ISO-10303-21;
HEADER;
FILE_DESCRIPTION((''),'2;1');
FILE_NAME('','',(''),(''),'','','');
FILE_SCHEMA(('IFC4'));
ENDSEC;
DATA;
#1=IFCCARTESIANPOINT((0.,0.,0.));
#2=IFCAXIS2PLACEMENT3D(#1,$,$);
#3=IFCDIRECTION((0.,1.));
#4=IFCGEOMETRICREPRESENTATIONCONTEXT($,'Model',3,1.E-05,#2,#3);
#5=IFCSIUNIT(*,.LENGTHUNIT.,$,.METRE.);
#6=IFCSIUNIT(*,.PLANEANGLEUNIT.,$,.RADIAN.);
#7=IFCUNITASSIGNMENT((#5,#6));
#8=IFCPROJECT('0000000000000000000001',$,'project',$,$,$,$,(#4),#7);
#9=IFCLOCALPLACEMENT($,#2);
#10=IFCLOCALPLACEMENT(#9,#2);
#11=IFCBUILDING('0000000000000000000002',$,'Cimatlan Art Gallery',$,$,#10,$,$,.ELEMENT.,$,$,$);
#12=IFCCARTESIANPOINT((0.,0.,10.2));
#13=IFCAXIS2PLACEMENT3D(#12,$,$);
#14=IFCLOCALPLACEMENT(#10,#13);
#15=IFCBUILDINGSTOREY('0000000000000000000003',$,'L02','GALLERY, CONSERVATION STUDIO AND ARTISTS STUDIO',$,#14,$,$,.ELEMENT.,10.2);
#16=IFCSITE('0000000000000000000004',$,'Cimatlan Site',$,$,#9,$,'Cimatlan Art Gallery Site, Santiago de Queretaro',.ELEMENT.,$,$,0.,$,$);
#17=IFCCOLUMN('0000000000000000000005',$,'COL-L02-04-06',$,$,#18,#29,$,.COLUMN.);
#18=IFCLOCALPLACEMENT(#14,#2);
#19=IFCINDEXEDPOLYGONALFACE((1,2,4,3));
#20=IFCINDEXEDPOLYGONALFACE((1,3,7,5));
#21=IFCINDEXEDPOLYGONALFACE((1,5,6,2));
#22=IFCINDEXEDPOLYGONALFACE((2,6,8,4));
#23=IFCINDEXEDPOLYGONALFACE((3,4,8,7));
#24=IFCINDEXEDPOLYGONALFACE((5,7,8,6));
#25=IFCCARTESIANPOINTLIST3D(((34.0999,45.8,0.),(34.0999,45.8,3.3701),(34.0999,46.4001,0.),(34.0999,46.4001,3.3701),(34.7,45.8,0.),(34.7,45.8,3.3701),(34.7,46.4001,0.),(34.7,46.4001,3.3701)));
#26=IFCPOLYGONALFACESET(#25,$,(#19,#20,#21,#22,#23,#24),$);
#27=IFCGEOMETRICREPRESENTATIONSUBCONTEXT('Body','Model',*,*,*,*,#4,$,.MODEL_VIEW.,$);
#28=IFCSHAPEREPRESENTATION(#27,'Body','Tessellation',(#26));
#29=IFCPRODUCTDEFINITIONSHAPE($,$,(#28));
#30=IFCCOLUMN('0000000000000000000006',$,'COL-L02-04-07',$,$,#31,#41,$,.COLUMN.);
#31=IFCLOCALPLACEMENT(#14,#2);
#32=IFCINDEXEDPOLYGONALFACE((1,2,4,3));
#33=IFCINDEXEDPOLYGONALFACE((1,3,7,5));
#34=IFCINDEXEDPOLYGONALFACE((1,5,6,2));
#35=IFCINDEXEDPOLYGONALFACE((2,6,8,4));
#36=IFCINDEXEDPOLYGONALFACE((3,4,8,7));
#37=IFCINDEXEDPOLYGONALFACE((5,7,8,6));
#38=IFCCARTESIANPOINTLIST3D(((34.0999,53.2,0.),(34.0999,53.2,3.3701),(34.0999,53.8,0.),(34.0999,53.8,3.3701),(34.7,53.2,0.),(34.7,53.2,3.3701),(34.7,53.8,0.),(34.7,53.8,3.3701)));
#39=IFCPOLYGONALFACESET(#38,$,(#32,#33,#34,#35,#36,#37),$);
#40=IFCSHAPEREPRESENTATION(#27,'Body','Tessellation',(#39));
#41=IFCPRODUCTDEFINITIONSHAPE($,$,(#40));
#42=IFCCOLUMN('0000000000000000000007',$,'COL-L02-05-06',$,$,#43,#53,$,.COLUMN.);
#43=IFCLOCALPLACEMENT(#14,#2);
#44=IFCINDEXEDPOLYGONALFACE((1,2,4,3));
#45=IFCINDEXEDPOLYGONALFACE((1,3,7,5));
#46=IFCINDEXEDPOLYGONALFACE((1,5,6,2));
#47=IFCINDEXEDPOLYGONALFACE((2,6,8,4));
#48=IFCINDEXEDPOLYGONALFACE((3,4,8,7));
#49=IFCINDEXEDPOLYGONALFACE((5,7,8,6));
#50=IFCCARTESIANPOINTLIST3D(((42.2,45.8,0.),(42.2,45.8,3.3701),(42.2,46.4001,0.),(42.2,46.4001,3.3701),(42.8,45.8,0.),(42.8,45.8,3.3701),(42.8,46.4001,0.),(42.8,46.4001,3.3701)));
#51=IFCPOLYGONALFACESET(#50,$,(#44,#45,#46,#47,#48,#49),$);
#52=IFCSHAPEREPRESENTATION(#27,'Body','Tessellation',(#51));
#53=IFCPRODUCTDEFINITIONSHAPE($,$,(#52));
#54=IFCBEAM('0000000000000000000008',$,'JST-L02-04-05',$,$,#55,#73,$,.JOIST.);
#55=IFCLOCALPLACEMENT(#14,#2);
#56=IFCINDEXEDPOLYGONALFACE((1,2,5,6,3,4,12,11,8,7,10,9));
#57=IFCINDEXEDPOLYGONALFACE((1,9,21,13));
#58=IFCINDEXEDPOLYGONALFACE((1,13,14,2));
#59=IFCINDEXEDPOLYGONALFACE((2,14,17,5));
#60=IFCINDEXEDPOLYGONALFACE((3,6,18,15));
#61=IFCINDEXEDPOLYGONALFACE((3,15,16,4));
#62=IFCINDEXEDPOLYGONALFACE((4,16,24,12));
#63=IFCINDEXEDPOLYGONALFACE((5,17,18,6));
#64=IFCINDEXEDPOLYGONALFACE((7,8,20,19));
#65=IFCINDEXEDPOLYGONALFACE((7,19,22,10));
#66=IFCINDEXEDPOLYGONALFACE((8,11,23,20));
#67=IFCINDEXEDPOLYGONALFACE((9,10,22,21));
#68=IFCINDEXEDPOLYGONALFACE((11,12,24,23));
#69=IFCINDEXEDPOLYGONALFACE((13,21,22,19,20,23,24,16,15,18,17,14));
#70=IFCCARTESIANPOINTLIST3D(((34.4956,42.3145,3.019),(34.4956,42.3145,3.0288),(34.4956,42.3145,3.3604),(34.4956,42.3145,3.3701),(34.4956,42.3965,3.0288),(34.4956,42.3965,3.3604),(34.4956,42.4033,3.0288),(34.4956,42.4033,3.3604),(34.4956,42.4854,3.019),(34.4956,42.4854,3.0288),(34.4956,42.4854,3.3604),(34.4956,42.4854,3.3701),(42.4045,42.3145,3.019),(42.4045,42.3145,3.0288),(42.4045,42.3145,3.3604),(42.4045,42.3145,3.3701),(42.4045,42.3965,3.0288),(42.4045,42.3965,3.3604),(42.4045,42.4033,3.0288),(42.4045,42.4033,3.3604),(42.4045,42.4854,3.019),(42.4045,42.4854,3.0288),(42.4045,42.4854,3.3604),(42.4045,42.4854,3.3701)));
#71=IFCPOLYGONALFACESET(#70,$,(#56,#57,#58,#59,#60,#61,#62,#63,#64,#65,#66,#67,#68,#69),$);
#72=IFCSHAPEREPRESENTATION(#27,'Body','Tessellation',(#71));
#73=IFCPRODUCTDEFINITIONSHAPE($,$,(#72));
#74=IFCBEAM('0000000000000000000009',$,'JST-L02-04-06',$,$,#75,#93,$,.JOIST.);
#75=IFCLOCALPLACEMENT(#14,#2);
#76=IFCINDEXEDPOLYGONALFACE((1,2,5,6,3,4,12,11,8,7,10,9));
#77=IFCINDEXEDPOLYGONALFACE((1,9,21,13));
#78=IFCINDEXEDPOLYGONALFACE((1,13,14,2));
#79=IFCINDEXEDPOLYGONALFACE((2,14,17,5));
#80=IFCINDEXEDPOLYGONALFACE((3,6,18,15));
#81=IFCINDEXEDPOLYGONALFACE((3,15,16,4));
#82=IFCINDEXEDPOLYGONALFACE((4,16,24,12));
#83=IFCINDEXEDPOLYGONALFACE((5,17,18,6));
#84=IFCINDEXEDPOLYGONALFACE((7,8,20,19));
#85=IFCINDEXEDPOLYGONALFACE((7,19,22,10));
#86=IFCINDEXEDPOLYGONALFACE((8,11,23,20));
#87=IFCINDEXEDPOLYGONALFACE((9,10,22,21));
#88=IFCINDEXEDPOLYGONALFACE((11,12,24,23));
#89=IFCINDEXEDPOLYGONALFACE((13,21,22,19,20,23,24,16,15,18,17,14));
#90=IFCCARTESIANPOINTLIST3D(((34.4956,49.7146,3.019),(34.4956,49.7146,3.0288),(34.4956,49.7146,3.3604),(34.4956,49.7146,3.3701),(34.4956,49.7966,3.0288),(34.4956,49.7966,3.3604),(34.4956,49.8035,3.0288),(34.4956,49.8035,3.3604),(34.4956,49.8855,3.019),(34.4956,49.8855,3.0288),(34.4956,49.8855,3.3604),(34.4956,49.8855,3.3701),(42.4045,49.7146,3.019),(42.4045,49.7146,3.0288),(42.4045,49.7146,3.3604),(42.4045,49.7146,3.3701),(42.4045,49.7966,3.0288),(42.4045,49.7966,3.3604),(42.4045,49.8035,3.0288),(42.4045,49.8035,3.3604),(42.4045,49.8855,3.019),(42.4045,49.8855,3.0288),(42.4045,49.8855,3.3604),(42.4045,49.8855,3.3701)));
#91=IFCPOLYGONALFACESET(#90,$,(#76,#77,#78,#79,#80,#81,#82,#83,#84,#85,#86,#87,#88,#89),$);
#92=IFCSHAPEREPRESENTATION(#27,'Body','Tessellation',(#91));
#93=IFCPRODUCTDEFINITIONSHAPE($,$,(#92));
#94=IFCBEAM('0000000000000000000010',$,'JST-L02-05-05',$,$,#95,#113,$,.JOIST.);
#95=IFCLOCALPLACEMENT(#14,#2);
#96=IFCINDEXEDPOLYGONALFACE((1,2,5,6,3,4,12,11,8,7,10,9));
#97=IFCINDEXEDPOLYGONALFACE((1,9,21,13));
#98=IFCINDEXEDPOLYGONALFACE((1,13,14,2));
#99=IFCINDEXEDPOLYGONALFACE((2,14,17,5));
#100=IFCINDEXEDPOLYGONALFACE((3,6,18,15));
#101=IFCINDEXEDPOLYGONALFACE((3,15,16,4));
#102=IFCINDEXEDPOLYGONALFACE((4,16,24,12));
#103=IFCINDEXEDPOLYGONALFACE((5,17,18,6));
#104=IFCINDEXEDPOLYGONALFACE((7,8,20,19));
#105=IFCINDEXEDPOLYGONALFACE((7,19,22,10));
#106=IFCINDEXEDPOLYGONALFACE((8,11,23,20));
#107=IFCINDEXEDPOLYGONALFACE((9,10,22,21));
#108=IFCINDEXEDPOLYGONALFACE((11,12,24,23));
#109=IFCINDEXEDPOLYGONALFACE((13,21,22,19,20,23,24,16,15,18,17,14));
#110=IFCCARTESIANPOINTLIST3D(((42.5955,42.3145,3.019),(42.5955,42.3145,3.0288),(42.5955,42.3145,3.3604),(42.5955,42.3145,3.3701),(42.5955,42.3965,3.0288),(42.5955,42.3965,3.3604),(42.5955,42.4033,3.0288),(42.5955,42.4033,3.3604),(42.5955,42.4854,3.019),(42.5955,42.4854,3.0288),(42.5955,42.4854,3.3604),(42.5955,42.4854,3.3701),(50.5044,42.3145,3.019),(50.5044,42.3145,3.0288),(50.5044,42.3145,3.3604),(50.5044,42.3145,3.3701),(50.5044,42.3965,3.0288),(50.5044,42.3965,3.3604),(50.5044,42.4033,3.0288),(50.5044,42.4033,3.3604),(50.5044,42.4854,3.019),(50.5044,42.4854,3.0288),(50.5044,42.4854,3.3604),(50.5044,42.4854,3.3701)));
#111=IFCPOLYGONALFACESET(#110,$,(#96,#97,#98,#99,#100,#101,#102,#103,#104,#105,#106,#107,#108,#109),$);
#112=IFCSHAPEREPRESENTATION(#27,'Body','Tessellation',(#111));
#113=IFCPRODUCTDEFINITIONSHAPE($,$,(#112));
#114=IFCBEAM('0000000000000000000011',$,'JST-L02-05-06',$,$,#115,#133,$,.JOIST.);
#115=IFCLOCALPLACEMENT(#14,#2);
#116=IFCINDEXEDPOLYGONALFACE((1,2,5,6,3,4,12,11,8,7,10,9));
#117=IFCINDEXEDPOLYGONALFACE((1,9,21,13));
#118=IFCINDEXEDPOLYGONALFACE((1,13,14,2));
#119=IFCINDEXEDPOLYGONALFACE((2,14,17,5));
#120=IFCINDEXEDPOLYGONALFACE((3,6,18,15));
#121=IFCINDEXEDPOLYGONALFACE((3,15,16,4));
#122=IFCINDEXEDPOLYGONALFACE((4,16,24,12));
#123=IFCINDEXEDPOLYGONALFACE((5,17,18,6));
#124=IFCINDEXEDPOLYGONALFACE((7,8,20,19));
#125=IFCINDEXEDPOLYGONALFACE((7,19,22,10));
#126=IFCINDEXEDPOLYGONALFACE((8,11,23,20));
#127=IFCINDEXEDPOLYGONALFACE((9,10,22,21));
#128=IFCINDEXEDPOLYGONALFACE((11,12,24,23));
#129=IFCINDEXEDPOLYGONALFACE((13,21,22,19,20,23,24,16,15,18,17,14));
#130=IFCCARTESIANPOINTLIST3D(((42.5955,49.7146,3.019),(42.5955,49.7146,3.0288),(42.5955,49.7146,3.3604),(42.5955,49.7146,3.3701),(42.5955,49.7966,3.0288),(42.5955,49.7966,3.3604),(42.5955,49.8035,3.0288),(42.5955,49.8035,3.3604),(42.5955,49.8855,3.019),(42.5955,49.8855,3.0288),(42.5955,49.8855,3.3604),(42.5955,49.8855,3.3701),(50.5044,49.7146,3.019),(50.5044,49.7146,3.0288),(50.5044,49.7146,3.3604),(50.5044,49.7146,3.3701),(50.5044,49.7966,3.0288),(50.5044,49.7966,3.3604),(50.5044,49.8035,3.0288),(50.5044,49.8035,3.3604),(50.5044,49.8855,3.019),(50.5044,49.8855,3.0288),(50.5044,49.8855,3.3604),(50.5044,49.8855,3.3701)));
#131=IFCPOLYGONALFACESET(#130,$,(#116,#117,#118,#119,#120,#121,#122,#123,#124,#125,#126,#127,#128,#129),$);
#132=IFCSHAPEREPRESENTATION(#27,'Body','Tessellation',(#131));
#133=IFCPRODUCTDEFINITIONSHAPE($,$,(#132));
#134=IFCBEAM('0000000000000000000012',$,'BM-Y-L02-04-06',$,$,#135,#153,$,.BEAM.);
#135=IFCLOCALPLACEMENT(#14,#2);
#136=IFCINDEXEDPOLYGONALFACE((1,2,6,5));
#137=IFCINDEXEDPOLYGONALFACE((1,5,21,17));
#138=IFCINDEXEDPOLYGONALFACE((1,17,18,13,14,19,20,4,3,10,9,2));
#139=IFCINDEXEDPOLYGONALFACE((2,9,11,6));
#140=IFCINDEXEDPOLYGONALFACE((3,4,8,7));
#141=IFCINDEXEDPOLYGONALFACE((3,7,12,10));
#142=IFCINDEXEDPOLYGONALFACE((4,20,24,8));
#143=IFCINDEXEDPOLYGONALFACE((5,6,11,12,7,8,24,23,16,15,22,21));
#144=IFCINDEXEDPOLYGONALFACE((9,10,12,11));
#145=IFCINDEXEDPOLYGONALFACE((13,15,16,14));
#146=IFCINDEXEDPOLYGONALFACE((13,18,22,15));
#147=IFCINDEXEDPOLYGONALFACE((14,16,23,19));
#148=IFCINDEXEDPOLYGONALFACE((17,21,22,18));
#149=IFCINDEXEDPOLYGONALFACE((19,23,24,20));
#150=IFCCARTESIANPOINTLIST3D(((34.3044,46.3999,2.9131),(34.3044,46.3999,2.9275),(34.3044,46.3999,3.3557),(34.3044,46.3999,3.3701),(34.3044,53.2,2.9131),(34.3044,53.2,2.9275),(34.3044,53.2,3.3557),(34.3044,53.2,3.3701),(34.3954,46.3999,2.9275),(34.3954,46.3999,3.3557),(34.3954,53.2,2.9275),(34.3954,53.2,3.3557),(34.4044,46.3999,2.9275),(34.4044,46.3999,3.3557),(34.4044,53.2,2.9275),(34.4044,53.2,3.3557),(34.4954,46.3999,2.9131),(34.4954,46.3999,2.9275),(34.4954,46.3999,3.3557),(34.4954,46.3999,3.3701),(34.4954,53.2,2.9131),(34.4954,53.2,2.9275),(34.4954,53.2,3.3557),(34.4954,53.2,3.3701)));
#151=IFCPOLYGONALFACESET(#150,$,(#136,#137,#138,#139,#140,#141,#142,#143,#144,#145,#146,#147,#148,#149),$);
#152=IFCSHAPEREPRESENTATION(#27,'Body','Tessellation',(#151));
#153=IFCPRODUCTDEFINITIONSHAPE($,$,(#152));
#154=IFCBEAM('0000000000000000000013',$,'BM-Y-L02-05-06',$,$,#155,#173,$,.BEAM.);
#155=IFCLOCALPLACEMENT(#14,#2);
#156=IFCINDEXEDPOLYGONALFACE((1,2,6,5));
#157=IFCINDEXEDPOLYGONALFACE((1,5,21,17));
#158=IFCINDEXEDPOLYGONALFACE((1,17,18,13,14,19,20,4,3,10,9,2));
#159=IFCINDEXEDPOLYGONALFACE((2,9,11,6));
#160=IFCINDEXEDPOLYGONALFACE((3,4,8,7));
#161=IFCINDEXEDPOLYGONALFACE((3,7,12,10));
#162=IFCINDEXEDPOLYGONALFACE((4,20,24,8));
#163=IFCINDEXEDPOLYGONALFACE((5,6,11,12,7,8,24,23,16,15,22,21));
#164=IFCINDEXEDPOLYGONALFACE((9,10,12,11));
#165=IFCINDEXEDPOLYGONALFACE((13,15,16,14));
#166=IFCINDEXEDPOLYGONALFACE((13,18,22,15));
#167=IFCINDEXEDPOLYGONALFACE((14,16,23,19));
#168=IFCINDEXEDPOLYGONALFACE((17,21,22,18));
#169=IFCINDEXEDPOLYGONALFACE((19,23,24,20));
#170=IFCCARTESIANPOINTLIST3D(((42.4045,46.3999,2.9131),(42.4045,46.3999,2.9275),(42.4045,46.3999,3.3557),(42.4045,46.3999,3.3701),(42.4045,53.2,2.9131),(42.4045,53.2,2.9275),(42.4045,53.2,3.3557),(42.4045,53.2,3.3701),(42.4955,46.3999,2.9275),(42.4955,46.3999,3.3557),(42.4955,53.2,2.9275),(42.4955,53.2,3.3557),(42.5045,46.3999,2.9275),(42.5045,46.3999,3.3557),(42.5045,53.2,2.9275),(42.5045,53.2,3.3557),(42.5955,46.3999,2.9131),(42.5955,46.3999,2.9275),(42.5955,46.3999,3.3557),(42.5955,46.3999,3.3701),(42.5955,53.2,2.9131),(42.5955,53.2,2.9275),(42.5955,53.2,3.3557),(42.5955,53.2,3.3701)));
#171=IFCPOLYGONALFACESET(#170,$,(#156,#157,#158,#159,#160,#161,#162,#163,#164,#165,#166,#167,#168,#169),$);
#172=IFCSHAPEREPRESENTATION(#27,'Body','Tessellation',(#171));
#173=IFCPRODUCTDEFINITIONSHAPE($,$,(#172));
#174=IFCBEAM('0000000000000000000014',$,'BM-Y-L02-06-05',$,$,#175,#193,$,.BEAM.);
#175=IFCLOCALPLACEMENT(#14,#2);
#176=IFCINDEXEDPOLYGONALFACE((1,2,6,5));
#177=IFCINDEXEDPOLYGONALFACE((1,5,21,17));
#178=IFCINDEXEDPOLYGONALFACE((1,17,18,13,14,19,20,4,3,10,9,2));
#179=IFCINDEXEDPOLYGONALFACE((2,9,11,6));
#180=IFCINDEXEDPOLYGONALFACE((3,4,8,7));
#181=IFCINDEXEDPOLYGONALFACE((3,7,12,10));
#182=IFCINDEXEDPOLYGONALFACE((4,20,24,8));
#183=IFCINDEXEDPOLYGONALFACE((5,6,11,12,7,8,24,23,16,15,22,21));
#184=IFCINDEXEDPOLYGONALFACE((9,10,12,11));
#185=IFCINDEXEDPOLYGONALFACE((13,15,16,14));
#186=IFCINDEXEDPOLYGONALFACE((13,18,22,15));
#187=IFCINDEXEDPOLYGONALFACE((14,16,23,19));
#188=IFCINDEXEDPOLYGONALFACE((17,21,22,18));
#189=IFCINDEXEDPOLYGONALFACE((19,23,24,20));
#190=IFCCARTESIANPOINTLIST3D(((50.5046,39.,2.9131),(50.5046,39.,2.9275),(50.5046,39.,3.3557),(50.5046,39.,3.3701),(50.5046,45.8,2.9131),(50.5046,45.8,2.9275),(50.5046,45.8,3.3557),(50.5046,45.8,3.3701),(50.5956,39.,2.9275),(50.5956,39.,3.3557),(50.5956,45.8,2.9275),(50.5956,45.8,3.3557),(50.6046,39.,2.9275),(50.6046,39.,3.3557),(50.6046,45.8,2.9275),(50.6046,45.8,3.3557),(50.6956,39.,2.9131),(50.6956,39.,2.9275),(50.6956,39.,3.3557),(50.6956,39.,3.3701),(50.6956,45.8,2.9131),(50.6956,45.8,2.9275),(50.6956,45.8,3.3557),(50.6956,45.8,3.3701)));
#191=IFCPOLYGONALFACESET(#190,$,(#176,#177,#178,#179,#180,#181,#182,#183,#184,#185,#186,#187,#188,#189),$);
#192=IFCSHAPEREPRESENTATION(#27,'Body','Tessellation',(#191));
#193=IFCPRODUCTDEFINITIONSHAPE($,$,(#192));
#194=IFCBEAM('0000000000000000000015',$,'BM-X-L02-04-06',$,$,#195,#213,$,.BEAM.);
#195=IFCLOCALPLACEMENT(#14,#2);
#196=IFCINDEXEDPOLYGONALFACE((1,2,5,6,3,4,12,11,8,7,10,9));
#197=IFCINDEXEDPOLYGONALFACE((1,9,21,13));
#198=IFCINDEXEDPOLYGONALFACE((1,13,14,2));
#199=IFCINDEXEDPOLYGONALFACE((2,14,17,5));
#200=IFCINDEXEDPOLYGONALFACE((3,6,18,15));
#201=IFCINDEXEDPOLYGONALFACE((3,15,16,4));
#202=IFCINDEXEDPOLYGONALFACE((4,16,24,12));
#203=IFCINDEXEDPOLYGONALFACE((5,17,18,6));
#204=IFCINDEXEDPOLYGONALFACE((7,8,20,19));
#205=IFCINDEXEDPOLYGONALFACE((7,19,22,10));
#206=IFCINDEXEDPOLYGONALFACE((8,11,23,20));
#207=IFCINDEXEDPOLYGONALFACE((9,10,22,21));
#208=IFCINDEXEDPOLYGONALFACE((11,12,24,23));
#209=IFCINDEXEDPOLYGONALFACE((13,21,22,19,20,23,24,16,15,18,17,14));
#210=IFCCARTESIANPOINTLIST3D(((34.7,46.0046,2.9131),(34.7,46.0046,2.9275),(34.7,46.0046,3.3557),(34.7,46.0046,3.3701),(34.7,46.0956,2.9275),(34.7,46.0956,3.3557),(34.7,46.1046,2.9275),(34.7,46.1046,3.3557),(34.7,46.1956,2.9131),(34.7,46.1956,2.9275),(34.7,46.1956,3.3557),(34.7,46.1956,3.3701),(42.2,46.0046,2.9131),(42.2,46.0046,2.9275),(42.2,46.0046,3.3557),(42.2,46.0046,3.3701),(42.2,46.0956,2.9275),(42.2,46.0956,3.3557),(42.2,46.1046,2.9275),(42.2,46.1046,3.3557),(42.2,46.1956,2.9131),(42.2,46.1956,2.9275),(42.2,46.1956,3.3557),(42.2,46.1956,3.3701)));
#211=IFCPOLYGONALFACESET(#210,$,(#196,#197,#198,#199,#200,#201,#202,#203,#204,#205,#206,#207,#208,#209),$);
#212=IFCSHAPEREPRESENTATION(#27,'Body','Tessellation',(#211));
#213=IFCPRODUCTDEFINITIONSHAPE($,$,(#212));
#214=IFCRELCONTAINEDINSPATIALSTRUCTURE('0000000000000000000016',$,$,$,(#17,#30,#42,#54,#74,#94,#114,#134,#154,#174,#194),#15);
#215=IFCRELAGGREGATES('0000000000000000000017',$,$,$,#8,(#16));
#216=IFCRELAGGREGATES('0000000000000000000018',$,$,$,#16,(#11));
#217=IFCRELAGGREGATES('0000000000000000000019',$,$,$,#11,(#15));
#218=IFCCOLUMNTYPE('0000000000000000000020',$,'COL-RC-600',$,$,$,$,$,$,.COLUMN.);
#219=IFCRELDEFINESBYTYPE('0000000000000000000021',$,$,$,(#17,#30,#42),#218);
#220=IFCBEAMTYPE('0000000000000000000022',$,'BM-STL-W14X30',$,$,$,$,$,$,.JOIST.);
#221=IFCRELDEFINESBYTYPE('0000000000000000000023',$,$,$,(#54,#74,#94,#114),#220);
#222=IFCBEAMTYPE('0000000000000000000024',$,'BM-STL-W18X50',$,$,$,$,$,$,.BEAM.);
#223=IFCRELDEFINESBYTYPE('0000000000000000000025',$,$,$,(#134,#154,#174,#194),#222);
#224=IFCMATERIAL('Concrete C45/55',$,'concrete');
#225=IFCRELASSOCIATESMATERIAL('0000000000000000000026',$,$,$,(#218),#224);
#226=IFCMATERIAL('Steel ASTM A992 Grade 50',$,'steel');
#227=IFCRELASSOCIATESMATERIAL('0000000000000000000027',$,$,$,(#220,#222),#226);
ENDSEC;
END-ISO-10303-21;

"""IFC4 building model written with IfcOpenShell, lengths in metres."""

from ifc_helpers import new_model, si_unit, direction, frame, origin, origin_2d, place, context, subcontext, project, spatial, rectangle, i_section, extrude, material, material_profile, profile_set, type_object, element, save


model = new_model("IFC4")

# Units and contexts
model_context = context("Model", 3, precision=1e-05, world=origin(), true_north=direction((0.0, 1.0)))
body_context = subcontext(model_context, "Body", "Model", "MODEL_VIEW")
ifc_project = project(units=[si_unit("LENGTHUNIT", "METRE"), si_unit("PLANEANGLEUNIT", "RADIAN")], contexts=[model_context])

# Site, building, storey
site_placement = place(None, origin())
site = spatial("IfcSite", under=ifc_project, at=site_placement, Name="Cimatlan Site", LongName="Cimatlan Art Gallery Site, Santiago de Queretaro", CompositionType="ELEMENT", RefElevation=0.0)
building_placement = place(site_placement, origin())
building = spatial("IfcBuilding", under=site, at=building_placement, Name="Cimatlan Art Gallery", CompositionType="ELEMENT")
storey_placement = place(building_placement, frame((0.0, 0.0, 10.2)))
storey = spatial("IfcBuildingStorey", under=building, at=storey_placement, Name="L02", Description="GALLERY, CONSERVATION STUDIO AND ARTISTS STUDIO", CompositionType="ELEMENT", Elevation=10.2)

# Columns
ifc_material_1 = material(Name="Concrete C45/55", Category="concrete")
ifc_material_profile_1 = material_profile(ifc_material_1, rectangle(XDim=0.6001, YDim=0.6001, at=origin_2d()), Name="RC600X600")
ifc_profile_set_1 = profile_set([ifc_material_profile_1], Name="Concrete C45/55")
column_type = type_object("IfcColumnType", Name="COL-RC-600", PredefinedType="COLUMN", material=ifc_profile_set_1)
for number, where, z_axis, x_axis, name in (
    (1, (34.3999, 46.1001, 0.0), (0.0, 0.0, 1.0), (1.0, 0.0, 0.0), "COL-L02-04-06"),
    (2, (34.3999, 53.5, 0.0), (0.0, 0.0, 1.0), (1.0, 0.0, 0.0), "COL-L02-04-07"),
    (3, (42.5, 46.1001, 0.0), (0.0, 0.0, 1.0), (1.0, 0.0, 0.0), "COL-L02-05-06"),
):
    element("IfcColumn", number, at=place(storey_placement, frame(where, z_axis=z_axis, x_axis=x_axis)), inside=storey, type_object=column_type, Name=name, PredefinedType="COLUMN", context=body_context, shape_type="SweptSolid", body=[
        extrude(rectangle(XDim=0.6001, YDim=0.6001, at=origin_2d()), origin(), (0.0, 0.0, 1.0), 3.3701),
    ])

# Beams
ifc_material_2 = material(Name="Steel ASTM A992 Grade 50", Category="steel")
ifc_material_profile_2 = material_profile(ifc_material_2, i_section(OverallWidth=0.1709, OverallDepth=0.3511, WebThickness=0.0068, FlangeThickness=0.0098, at=origin_2d()), Name="W14X30")
ifc_profile_set_2 = profile_set([ifc_material_profile_2], Name="Steel ASTM A992 Grade 50")
beam_type_1 = type_object("IfcBeamType", Name="BM-STL-W14X30", PredefinedType="JOIST", material=ifc_profile_set_2)
for number, where, z_axis, x_axis, name in (
    (4, (34.4956, 42.3999, 3.1946), (1.0, 0.0, 0.0), (0.0, 1.0, 0.0), "JST-L02-04-05"),
    (5, (34.4956, 49.8, 3.1946), (1.0, 0.0, 0.0), (0.0, 1.0, 0.0), "JST-L02-04-06"),
    (6, (42.5955, 42.3999, 3.1946), (1.0, 0.0, 0.0), (0.0, 1.0, 0.0), "JST-L02-05-05"),
    (7, (42.5955, 49.8, 3.1946), (1.0, 0.0, 0.0), (0.0, 1.0, 0.0), "JST-L02-05-06"),
):
    element("IfcBeam", number, at=place(storey_placement, frame(where, z_axis=z_axis, x_axis=x_axis)), inside=storey, type_object=beam_type_1, Name=name, PredefinedType="JOIST", context=body_context, shape_type="SweptSolid", body=[
        extrude(i_section(OverallWidth=0.1709, OverallDepth=0.3511, WebThickness=0.0068, FlangeThickness=0.0098, at=origin_2d()), origin(), (0.0, 0.0, 1.0), 7.9089),
    ])
ifc_material_profile_3 = material_profile(ifc_material_2, i_section(OverallWidth=0.1909, OverallDepth=0.457, WebThickness=0.009, FlangeThickness=0.0144, at=origin_2d()), Name="W18X50")
ifc_profile_set_3 = profile_set([ifc_material_profile_3], Name="Steel ASTM A992 Grade 50")
beam_type_2 = type_object("IfcBeamType", Name="BM-STL-W18X50", PredefinedType="BEAM", material=ifc_profile_set_3)
for number, where, z_axis, x_axis, name in (
    (8, (34.3999, 46.3999, 3.1416), (0.0, 1.0, 0.0), (-1.0, 0.0, 0.0), "BM-Y-L02-04-06"),
    (9, (42.5, 46.3999, 3.1416), (0.0, 1.0, 0.0), (-1.0, 0.0, 0.0), "BM-Y-L02-05-06"),
    (10, (50.6001, 39.0, 3.1416), (0.0, 1.0, 0.0), (-1.0, 0.0, 0.0), "BM-Y-L02-06-05"),
):
    element("IfcBeam", number, at=place(storey_placement, frame(where, z_axis=z_axis, x_axis=x_axis)), inside=storey, type_object=beam_type_2, Name=name, PredefinedType="BEAM", context=body_context, shape_type="SweptSolid", body=[
        extrude(i_section(OverallWidth=0.1909, OverallDepth=0.457, WebThickness=0.009, FlangeThickness=0.0144, at=origin_2d()), origin(), (0.0, 0.0, 1.0), 6.8),
    ])
for number, where, z_axis, x_axis, name in (
    (11, (34.7, 46.1001, 3.1416), (1.0, 0.0, 0.0), (0.0, 1.0, 0.0), "BM-X-L02-04-06"),
):
    element("IfcBeam", number, at=place(storey_placement, frame(where, z_axis=z_axis, x_axis=x_axis)), inside=storey, type_object=beam_type_2, Name=name, PredefinedType="BEAM", context=body_context, shape_type="SweptSolid", body=[
        extrude(i_section(OverallWidth=0.1909, OverallDepth=0.457, WebThickness=0.009, FlangeThickness=0.0144, at=origin_2d()), origin(), (0.0, 0.0, 1.0), 7.5),
    ])

save(model, "model.ifc")
